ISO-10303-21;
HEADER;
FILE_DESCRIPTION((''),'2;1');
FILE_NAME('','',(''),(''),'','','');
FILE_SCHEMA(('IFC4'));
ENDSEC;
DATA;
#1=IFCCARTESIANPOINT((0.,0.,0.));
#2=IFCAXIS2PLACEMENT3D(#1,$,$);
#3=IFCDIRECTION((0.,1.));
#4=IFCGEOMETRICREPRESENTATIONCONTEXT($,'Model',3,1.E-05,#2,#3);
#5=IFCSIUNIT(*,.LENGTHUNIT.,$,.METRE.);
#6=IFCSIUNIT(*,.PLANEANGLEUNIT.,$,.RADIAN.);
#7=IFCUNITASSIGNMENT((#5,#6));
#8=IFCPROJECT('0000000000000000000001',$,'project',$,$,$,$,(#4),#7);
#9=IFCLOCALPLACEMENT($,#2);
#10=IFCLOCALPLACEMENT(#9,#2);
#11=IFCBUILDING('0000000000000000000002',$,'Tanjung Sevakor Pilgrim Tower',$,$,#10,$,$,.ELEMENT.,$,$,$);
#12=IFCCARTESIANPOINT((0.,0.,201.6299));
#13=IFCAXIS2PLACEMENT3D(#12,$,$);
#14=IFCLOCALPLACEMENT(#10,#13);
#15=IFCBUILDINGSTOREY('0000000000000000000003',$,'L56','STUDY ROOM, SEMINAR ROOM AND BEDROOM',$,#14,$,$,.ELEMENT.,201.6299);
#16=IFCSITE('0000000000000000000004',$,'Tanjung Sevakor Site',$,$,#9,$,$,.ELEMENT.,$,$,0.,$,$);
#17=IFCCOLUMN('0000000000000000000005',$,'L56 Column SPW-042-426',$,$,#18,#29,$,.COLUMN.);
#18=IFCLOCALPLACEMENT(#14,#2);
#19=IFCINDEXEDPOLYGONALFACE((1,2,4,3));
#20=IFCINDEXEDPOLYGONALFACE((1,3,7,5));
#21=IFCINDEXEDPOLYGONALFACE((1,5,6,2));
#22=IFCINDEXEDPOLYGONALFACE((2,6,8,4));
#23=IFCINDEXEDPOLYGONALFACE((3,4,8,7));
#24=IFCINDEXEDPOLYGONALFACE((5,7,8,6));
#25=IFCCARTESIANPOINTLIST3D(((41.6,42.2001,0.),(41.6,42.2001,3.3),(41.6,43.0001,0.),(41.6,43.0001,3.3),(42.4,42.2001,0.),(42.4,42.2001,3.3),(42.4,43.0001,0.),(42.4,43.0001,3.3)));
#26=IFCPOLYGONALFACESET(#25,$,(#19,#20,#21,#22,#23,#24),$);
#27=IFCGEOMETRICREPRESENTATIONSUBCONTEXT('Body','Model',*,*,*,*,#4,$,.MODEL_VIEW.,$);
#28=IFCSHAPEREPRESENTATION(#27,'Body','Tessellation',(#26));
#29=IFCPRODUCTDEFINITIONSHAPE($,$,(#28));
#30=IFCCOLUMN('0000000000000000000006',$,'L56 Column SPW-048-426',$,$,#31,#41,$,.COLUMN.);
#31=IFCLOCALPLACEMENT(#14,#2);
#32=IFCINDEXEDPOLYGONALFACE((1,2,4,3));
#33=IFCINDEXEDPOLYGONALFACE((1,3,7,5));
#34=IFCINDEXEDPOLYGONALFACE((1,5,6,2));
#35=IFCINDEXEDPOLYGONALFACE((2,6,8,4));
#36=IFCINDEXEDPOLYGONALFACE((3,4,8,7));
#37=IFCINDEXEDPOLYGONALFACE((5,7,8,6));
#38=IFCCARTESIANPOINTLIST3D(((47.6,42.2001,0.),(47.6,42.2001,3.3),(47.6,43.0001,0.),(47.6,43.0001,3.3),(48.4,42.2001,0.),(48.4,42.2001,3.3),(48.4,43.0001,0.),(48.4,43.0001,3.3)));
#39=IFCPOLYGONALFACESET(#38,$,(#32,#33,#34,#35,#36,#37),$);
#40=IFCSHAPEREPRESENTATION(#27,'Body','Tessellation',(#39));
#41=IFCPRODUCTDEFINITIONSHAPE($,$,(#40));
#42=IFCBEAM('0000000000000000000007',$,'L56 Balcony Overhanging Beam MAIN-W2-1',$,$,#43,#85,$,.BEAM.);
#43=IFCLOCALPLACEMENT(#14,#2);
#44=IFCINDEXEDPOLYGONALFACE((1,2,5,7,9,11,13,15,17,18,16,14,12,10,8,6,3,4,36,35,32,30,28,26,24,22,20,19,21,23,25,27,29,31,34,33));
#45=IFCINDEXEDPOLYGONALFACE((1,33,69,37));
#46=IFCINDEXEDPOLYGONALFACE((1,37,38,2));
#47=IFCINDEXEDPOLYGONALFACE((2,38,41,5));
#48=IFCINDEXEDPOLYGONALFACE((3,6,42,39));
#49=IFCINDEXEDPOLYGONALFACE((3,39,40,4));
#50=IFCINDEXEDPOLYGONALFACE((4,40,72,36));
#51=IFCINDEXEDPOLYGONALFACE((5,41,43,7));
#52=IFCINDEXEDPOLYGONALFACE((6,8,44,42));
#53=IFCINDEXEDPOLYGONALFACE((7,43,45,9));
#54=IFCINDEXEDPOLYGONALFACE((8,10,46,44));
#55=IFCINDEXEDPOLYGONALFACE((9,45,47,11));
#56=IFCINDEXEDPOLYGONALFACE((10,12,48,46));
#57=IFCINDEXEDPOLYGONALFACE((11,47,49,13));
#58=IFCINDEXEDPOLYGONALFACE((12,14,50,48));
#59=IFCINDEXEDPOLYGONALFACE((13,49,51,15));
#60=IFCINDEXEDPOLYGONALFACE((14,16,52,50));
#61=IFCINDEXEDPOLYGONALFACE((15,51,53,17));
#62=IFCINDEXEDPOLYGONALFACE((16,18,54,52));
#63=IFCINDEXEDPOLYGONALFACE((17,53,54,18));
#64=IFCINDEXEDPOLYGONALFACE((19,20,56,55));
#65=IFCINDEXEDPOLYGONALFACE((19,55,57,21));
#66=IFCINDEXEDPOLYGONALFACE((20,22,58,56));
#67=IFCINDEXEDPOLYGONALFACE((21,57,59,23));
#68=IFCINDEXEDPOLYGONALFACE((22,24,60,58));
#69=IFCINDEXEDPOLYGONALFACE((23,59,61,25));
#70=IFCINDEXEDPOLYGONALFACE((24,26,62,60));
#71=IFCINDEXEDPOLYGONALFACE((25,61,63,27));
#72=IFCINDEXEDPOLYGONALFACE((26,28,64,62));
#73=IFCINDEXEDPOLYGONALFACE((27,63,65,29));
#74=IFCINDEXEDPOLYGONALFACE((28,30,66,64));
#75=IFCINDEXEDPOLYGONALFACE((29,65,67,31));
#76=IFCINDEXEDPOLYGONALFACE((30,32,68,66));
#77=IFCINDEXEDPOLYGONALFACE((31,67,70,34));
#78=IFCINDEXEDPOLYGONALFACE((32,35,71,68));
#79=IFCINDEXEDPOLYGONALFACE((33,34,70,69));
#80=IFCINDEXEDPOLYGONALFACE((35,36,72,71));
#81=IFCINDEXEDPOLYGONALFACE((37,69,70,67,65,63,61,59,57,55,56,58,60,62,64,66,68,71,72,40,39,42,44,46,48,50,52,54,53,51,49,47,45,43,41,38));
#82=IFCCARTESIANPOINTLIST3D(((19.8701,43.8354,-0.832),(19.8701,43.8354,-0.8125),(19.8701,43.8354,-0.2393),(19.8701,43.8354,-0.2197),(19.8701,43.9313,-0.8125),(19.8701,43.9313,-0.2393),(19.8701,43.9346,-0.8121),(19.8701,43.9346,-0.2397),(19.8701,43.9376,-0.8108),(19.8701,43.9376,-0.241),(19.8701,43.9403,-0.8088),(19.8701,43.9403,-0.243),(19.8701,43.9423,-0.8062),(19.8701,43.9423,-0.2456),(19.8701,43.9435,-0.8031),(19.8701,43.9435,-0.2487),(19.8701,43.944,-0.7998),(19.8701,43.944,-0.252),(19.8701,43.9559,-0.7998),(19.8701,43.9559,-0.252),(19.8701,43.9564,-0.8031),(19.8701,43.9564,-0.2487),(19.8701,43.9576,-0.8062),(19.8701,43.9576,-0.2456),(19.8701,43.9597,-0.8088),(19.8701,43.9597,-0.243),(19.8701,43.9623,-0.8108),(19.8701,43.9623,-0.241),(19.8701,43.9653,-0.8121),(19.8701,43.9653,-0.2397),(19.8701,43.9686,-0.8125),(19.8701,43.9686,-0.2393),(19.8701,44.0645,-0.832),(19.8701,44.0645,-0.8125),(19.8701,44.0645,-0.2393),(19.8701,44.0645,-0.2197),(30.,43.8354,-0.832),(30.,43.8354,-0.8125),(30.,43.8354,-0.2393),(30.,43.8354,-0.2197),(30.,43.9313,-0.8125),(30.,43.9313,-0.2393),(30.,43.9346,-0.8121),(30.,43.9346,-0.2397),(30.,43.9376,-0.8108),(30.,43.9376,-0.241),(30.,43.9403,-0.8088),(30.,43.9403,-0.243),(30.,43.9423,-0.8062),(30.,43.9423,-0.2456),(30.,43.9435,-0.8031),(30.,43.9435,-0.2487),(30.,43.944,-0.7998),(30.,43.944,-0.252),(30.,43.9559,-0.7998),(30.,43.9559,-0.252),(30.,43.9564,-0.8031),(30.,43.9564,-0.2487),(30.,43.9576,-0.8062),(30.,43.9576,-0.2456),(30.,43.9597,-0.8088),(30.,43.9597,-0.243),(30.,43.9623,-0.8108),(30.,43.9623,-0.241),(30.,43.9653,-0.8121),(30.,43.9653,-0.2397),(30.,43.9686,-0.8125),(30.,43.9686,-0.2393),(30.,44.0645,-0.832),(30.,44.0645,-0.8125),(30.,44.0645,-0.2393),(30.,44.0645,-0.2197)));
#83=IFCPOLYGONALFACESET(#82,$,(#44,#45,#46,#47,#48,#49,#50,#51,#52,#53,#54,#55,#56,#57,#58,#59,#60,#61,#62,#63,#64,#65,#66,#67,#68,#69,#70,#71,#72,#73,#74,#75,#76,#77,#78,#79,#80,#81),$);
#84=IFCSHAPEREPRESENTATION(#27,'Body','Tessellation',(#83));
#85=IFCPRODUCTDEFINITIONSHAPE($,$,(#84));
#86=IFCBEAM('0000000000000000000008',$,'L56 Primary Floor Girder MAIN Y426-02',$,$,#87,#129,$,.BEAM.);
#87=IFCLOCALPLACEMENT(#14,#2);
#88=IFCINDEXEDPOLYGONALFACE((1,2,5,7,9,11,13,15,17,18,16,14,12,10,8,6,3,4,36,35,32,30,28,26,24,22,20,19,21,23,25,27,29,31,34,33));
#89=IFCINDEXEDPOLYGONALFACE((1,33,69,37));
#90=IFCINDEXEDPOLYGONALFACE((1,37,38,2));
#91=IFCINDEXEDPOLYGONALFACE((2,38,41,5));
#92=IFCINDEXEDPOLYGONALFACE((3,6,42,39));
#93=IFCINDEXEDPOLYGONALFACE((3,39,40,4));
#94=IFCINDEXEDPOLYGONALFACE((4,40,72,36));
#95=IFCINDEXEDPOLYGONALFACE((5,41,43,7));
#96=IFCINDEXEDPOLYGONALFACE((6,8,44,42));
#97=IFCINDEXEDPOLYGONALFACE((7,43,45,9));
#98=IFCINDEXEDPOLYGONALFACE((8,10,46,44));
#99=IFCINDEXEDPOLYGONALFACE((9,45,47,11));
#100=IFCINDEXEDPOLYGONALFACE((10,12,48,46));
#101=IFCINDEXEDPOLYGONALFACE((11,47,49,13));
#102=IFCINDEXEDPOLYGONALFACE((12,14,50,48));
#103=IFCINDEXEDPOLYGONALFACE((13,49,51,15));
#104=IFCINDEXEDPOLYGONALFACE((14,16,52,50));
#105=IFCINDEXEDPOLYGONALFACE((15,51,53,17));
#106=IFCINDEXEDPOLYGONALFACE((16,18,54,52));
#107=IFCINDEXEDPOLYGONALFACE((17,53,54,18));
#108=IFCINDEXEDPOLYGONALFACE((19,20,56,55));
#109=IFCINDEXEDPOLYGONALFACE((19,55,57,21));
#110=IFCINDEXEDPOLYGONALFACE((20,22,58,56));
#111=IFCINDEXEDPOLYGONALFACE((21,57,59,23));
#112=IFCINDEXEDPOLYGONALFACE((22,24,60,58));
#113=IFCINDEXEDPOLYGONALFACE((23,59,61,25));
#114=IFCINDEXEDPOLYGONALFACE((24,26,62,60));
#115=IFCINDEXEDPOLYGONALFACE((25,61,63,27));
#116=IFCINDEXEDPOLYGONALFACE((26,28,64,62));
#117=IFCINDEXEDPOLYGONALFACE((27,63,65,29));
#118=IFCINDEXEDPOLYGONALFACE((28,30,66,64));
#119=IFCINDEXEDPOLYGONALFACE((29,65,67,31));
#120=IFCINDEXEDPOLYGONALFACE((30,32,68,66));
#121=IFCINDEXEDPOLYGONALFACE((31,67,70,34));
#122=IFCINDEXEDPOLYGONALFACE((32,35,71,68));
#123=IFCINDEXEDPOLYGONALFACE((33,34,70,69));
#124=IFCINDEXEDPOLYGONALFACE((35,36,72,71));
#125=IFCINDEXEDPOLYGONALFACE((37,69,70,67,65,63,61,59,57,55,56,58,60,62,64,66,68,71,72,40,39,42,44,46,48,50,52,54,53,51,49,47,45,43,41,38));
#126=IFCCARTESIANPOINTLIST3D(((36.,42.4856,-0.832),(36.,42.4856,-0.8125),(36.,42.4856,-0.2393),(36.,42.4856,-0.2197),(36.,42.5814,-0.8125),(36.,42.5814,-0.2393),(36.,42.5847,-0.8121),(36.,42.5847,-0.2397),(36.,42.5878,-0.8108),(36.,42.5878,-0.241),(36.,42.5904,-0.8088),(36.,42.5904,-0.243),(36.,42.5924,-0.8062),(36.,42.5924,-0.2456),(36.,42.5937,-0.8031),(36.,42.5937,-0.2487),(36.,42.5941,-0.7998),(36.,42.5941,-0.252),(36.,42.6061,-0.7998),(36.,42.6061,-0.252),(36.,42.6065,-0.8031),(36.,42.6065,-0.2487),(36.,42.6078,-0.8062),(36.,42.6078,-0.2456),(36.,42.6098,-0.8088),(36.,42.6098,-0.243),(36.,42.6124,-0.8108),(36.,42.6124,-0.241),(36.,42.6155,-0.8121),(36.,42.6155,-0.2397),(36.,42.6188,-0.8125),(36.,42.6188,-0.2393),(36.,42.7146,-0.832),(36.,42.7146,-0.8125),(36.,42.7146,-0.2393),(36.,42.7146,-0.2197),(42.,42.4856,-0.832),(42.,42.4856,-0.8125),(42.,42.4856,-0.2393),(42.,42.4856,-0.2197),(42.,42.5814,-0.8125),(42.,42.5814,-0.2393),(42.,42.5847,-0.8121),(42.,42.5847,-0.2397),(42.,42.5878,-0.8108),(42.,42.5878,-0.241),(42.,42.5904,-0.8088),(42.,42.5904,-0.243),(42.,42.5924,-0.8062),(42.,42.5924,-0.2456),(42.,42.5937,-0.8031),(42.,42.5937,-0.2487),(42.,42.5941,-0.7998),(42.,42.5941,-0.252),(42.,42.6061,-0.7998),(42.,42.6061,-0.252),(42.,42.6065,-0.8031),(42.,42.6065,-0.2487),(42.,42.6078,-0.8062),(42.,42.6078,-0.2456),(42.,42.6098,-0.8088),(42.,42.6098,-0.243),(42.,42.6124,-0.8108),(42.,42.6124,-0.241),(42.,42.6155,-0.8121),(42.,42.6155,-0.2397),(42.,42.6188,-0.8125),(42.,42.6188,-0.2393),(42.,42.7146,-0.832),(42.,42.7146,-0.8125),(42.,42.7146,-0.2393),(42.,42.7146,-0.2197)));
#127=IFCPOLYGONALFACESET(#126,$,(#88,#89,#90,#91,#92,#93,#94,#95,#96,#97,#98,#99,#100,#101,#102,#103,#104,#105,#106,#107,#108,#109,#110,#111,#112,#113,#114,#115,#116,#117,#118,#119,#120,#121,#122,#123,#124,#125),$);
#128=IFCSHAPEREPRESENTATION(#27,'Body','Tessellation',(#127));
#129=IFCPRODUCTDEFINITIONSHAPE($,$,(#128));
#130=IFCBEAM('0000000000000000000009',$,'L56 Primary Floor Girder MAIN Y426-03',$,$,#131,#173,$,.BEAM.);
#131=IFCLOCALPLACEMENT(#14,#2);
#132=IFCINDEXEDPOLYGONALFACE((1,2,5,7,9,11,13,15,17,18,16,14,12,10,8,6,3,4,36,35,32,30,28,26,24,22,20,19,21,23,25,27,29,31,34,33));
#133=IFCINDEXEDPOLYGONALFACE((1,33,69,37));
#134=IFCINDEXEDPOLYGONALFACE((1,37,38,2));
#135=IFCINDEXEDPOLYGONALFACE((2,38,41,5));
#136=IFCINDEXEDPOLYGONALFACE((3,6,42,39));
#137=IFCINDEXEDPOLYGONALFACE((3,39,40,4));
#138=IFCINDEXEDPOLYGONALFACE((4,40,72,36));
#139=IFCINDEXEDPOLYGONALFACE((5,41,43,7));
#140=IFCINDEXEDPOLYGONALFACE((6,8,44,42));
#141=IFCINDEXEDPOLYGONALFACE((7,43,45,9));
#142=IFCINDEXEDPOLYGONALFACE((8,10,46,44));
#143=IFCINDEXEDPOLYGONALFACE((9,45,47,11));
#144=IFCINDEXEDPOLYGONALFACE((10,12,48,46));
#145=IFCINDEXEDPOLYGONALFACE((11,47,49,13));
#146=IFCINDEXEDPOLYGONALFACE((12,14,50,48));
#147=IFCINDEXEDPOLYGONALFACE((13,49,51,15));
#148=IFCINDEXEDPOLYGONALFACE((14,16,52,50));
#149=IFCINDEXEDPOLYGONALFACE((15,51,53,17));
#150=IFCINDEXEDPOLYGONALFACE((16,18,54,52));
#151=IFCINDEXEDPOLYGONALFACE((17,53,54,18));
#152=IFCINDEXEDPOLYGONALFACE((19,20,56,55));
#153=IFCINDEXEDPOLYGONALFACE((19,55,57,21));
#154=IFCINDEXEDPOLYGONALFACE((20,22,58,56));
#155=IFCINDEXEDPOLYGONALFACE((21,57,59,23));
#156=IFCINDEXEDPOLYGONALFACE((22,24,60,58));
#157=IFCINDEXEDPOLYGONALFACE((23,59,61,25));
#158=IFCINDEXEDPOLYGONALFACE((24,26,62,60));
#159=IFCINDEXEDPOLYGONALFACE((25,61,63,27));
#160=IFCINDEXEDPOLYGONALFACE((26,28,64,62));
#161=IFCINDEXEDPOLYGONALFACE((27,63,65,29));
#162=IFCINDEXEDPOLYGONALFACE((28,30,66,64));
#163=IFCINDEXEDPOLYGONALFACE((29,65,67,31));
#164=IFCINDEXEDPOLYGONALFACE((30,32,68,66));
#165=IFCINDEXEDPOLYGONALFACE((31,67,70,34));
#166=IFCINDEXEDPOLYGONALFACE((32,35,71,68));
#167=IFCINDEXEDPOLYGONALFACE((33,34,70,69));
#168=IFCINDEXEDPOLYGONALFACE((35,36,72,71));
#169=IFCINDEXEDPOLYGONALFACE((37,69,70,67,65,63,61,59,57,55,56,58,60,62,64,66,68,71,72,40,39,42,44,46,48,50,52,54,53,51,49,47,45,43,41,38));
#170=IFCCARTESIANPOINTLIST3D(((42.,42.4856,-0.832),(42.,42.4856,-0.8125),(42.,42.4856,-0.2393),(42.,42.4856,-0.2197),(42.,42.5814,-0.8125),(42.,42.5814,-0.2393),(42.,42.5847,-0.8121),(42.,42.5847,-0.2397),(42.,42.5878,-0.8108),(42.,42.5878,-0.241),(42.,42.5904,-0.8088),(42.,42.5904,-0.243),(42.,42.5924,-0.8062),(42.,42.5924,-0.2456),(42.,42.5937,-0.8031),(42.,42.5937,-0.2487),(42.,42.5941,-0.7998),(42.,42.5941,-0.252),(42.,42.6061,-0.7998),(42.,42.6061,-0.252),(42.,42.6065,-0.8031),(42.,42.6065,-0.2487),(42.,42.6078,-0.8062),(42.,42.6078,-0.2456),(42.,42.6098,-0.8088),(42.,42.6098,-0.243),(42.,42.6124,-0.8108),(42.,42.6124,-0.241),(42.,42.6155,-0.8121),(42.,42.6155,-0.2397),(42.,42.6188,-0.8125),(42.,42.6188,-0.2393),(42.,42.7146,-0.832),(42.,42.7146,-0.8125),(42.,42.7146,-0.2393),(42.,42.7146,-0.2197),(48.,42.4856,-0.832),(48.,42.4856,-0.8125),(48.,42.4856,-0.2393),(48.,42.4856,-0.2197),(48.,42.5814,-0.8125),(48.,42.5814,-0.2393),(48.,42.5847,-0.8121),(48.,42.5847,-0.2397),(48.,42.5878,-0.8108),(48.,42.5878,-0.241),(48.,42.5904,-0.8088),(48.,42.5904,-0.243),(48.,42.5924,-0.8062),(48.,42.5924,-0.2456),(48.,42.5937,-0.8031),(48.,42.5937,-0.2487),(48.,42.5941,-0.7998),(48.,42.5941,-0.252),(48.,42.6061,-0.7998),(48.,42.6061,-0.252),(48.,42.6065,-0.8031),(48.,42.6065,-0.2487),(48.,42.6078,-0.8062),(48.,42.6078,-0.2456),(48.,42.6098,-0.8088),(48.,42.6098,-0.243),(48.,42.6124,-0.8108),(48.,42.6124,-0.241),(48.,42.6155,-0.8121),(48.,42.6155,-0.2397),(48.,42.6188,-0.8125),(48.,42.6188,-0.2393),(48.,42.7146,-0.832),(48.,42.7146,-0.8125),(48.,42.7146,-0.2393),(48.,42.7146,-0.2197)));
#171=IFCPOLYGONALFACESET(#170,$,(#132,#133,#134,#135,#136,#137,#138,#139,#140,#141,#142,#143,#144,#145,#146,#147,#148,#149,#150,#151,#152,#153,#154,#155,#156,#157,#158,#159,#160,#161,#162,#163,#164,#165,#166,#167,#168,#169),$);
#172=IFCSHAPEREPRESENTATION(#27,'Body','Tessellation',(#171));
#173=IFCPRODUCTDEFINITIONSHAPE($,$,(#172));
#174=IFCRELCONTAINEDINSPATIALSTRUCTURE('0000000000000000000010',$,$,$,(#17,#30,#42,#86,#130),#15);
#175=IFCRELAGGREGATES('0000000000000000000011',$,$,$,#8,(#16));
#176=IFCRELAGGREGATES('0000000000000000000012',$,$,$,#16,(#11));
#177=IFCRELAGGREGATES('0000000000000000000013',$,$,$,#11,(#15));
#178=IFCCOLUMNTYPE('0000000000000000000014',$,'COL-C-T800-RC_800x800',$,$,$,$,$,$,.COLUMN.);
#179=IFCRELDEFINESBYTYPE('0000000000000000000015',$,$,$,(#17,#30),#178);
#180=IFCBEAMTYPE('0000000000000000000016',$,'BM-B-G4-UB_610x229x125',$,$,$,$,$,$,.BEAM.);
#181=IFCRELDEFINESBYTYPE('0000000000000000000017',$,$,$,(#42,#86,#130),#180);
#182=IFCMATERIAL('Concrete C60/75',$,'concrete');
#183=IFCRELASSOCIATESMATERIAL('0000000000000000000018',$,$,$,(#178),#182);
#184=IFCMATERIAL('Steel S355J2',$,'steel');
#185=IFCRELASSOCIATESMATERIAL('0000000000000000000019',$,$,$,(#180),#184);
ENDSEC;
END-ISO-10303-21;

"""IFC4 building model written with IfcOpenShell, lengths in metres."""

from ifc_helpers import new_model, si_unit, direction, frame, origin, origin_2d, place, context, subcontext, project, spatial, rectangle, i_section, extrude, material, material_profile, profile_set, type_object, element, save


model = new_model("IFC4")

# Units and contexts
model_context = context("Model", 3, precision=1e-05, world=origin(), true_north=direction((0.0, 1.0)))
body_context = subcontext(model_context, "Body", "Model", "MODEL_VIEW")
ifc_project = project(units=[si_unit("LENGTHUNIT", "METRE"), si_unit("PLANEANGLEUNIT", "RADIAN")], contexts=[model_context])

# Site, building, storey
site_placement = place(None, origin())
site = spatial("IfcSite", under=ifc_project, at=site_placement, Name="Tanjung Sevakor Site", CompositionType="ELEMENT", RefElevation=0.0)
building_placement = place(site_placement, origin())
building = spatial("IfcBuilding", under=site, at=building_placement, Name="Tanjung Sevakor Pilgrim Tower", CompositionType="ELEMENT")
storey_placement = place(building_placement, frame((0.0, 0.0, 201.6299)))
storey = spatial("IfcBuildingStorey", under=building, at=storey_placement, Name="L56", Description="STUDY ROOM, SEMINAR ROOM AND BEDROOM", CompositionType="ELEMENT", Elevation=201.6299)

# Columns
ifc_material_1 = material(Name="Concrete C60/75", Category="concrete")
ifc_material_profile_1 = material_profile(ifc_material_1, rectangle(XDim=0.8, YDim=0.8, at=origin_2d()))
ifc_profile_set_1 = profile_set([ifc_material_profile_1], Name="Concrete C60/75")
column_type = type_object("IfcColumnType", Name="COL-C-T800-RC_800x800", PredefinedType="COLUMN", material=ifc_profile_set_1)
for number, where, z_axis, x_axis, name in (
    (1, (42.0, 42.6001, 0.0), (0.0, 0.0, 1.0), (1.0, 0.0, 0.0), "L56 Column SPW-042-426"),
    (2, (48.0, 42.6001, 0.0), (0.0, 0.0, 1.0), (1.0, 0.0, 0.0), "L56 Column SPW-048-426"),
):
    element("IfcColumn", number, at=place(storey_placement, frame(where, z_axis=z_axis, x_axis=x_axis)), inside=storey, type_object=column_type, Name=name, PredefinedType="COLUMN", context=body_context, shape_type="SweptSolid", body=[
        extrude(rectangle(XDim=0.8, YDim=0.8, at=origin_2d()), origin(), (0.0, 0.0, 1.0), 3.3),
    ])

# Beams
ifc_material_2 = material(Name="Steel S355J2", Category="steel")
ifc_material_profile_2 = material_profile(ifc_material_2, i_section(OverallWidth=0.229, OverallDepth=0.6123, WebThickness=0.012, FlangeThickness=0.0195, FilletRadius=0.0127, at=origin_2d()))
ifc_profile_set_2 = profile_set([ifc_material_profile_2], Name="Steel S355J2")
beam_type_1 = type_object("IfcBeamType", Name="BM-B-G4-UB_610x229x125", PredefinedType="BEAM", material=ifc_profile_set_2)
beam_1_placement = place(storey_placement, frame((30.0, 43.95, -0.5259), z_axis=(-1.0, 0.0, 0.0), x_axis=(0.0, -1.0, 0.0)))
element("IfcBeam", 3, at=beam_1_placement, inside=storey, type_object=beam_type_1, Name="L56 Balcony Overhanging Beam MAIN-W2-1", PredefinedType="BEAM", context=body_context, shape_type="SweptSolid", body=[
    extrude(i_section(OverallWidth=0.229, OverallDepth=0.6123, WebThickness=0.012, FlangeThickness=0.0195, FilletRadius=0.0127, at=origin_2d()), origin(), (0.0, 0.0, 1.0), 10.1299),
])
for number, where, z_axis, x_axis, name in (
    (4, (36.0, 42.6001, -0.5259), (1.0, 0.0, 0.0), (0.0, 1.0, 0.0), "L56 Primary Floor Girder MAIN Y426-02"),
    (5, (42.0, 42.6001, -0.5259), (1.0, 0.0, 0.0), (0.0, 1.0, 0.0), "L56 Primary Floor Girder MAIN Y426-03"),
):
    element("IfcBeam", number, at=place(storey_placement, frame(where, z_axis=z_axis, x_axis=x_axis)), inside=storey, type_object=beam_type_1, Name=name, PredefinedType="BEAM", context=body_context, shape_type="SweptSolid", body=[
        extrude(i_section(OverallWidth=0.229, OverallDepth=0.6123, WebThickness=0.012, FlangeThickness=0.0195, FilletRadius=0.0127, at=origin_2d()), origin(), (0.0, 0.0, 1.0), 6.0),
    ])

save(model, "model.ifc")
